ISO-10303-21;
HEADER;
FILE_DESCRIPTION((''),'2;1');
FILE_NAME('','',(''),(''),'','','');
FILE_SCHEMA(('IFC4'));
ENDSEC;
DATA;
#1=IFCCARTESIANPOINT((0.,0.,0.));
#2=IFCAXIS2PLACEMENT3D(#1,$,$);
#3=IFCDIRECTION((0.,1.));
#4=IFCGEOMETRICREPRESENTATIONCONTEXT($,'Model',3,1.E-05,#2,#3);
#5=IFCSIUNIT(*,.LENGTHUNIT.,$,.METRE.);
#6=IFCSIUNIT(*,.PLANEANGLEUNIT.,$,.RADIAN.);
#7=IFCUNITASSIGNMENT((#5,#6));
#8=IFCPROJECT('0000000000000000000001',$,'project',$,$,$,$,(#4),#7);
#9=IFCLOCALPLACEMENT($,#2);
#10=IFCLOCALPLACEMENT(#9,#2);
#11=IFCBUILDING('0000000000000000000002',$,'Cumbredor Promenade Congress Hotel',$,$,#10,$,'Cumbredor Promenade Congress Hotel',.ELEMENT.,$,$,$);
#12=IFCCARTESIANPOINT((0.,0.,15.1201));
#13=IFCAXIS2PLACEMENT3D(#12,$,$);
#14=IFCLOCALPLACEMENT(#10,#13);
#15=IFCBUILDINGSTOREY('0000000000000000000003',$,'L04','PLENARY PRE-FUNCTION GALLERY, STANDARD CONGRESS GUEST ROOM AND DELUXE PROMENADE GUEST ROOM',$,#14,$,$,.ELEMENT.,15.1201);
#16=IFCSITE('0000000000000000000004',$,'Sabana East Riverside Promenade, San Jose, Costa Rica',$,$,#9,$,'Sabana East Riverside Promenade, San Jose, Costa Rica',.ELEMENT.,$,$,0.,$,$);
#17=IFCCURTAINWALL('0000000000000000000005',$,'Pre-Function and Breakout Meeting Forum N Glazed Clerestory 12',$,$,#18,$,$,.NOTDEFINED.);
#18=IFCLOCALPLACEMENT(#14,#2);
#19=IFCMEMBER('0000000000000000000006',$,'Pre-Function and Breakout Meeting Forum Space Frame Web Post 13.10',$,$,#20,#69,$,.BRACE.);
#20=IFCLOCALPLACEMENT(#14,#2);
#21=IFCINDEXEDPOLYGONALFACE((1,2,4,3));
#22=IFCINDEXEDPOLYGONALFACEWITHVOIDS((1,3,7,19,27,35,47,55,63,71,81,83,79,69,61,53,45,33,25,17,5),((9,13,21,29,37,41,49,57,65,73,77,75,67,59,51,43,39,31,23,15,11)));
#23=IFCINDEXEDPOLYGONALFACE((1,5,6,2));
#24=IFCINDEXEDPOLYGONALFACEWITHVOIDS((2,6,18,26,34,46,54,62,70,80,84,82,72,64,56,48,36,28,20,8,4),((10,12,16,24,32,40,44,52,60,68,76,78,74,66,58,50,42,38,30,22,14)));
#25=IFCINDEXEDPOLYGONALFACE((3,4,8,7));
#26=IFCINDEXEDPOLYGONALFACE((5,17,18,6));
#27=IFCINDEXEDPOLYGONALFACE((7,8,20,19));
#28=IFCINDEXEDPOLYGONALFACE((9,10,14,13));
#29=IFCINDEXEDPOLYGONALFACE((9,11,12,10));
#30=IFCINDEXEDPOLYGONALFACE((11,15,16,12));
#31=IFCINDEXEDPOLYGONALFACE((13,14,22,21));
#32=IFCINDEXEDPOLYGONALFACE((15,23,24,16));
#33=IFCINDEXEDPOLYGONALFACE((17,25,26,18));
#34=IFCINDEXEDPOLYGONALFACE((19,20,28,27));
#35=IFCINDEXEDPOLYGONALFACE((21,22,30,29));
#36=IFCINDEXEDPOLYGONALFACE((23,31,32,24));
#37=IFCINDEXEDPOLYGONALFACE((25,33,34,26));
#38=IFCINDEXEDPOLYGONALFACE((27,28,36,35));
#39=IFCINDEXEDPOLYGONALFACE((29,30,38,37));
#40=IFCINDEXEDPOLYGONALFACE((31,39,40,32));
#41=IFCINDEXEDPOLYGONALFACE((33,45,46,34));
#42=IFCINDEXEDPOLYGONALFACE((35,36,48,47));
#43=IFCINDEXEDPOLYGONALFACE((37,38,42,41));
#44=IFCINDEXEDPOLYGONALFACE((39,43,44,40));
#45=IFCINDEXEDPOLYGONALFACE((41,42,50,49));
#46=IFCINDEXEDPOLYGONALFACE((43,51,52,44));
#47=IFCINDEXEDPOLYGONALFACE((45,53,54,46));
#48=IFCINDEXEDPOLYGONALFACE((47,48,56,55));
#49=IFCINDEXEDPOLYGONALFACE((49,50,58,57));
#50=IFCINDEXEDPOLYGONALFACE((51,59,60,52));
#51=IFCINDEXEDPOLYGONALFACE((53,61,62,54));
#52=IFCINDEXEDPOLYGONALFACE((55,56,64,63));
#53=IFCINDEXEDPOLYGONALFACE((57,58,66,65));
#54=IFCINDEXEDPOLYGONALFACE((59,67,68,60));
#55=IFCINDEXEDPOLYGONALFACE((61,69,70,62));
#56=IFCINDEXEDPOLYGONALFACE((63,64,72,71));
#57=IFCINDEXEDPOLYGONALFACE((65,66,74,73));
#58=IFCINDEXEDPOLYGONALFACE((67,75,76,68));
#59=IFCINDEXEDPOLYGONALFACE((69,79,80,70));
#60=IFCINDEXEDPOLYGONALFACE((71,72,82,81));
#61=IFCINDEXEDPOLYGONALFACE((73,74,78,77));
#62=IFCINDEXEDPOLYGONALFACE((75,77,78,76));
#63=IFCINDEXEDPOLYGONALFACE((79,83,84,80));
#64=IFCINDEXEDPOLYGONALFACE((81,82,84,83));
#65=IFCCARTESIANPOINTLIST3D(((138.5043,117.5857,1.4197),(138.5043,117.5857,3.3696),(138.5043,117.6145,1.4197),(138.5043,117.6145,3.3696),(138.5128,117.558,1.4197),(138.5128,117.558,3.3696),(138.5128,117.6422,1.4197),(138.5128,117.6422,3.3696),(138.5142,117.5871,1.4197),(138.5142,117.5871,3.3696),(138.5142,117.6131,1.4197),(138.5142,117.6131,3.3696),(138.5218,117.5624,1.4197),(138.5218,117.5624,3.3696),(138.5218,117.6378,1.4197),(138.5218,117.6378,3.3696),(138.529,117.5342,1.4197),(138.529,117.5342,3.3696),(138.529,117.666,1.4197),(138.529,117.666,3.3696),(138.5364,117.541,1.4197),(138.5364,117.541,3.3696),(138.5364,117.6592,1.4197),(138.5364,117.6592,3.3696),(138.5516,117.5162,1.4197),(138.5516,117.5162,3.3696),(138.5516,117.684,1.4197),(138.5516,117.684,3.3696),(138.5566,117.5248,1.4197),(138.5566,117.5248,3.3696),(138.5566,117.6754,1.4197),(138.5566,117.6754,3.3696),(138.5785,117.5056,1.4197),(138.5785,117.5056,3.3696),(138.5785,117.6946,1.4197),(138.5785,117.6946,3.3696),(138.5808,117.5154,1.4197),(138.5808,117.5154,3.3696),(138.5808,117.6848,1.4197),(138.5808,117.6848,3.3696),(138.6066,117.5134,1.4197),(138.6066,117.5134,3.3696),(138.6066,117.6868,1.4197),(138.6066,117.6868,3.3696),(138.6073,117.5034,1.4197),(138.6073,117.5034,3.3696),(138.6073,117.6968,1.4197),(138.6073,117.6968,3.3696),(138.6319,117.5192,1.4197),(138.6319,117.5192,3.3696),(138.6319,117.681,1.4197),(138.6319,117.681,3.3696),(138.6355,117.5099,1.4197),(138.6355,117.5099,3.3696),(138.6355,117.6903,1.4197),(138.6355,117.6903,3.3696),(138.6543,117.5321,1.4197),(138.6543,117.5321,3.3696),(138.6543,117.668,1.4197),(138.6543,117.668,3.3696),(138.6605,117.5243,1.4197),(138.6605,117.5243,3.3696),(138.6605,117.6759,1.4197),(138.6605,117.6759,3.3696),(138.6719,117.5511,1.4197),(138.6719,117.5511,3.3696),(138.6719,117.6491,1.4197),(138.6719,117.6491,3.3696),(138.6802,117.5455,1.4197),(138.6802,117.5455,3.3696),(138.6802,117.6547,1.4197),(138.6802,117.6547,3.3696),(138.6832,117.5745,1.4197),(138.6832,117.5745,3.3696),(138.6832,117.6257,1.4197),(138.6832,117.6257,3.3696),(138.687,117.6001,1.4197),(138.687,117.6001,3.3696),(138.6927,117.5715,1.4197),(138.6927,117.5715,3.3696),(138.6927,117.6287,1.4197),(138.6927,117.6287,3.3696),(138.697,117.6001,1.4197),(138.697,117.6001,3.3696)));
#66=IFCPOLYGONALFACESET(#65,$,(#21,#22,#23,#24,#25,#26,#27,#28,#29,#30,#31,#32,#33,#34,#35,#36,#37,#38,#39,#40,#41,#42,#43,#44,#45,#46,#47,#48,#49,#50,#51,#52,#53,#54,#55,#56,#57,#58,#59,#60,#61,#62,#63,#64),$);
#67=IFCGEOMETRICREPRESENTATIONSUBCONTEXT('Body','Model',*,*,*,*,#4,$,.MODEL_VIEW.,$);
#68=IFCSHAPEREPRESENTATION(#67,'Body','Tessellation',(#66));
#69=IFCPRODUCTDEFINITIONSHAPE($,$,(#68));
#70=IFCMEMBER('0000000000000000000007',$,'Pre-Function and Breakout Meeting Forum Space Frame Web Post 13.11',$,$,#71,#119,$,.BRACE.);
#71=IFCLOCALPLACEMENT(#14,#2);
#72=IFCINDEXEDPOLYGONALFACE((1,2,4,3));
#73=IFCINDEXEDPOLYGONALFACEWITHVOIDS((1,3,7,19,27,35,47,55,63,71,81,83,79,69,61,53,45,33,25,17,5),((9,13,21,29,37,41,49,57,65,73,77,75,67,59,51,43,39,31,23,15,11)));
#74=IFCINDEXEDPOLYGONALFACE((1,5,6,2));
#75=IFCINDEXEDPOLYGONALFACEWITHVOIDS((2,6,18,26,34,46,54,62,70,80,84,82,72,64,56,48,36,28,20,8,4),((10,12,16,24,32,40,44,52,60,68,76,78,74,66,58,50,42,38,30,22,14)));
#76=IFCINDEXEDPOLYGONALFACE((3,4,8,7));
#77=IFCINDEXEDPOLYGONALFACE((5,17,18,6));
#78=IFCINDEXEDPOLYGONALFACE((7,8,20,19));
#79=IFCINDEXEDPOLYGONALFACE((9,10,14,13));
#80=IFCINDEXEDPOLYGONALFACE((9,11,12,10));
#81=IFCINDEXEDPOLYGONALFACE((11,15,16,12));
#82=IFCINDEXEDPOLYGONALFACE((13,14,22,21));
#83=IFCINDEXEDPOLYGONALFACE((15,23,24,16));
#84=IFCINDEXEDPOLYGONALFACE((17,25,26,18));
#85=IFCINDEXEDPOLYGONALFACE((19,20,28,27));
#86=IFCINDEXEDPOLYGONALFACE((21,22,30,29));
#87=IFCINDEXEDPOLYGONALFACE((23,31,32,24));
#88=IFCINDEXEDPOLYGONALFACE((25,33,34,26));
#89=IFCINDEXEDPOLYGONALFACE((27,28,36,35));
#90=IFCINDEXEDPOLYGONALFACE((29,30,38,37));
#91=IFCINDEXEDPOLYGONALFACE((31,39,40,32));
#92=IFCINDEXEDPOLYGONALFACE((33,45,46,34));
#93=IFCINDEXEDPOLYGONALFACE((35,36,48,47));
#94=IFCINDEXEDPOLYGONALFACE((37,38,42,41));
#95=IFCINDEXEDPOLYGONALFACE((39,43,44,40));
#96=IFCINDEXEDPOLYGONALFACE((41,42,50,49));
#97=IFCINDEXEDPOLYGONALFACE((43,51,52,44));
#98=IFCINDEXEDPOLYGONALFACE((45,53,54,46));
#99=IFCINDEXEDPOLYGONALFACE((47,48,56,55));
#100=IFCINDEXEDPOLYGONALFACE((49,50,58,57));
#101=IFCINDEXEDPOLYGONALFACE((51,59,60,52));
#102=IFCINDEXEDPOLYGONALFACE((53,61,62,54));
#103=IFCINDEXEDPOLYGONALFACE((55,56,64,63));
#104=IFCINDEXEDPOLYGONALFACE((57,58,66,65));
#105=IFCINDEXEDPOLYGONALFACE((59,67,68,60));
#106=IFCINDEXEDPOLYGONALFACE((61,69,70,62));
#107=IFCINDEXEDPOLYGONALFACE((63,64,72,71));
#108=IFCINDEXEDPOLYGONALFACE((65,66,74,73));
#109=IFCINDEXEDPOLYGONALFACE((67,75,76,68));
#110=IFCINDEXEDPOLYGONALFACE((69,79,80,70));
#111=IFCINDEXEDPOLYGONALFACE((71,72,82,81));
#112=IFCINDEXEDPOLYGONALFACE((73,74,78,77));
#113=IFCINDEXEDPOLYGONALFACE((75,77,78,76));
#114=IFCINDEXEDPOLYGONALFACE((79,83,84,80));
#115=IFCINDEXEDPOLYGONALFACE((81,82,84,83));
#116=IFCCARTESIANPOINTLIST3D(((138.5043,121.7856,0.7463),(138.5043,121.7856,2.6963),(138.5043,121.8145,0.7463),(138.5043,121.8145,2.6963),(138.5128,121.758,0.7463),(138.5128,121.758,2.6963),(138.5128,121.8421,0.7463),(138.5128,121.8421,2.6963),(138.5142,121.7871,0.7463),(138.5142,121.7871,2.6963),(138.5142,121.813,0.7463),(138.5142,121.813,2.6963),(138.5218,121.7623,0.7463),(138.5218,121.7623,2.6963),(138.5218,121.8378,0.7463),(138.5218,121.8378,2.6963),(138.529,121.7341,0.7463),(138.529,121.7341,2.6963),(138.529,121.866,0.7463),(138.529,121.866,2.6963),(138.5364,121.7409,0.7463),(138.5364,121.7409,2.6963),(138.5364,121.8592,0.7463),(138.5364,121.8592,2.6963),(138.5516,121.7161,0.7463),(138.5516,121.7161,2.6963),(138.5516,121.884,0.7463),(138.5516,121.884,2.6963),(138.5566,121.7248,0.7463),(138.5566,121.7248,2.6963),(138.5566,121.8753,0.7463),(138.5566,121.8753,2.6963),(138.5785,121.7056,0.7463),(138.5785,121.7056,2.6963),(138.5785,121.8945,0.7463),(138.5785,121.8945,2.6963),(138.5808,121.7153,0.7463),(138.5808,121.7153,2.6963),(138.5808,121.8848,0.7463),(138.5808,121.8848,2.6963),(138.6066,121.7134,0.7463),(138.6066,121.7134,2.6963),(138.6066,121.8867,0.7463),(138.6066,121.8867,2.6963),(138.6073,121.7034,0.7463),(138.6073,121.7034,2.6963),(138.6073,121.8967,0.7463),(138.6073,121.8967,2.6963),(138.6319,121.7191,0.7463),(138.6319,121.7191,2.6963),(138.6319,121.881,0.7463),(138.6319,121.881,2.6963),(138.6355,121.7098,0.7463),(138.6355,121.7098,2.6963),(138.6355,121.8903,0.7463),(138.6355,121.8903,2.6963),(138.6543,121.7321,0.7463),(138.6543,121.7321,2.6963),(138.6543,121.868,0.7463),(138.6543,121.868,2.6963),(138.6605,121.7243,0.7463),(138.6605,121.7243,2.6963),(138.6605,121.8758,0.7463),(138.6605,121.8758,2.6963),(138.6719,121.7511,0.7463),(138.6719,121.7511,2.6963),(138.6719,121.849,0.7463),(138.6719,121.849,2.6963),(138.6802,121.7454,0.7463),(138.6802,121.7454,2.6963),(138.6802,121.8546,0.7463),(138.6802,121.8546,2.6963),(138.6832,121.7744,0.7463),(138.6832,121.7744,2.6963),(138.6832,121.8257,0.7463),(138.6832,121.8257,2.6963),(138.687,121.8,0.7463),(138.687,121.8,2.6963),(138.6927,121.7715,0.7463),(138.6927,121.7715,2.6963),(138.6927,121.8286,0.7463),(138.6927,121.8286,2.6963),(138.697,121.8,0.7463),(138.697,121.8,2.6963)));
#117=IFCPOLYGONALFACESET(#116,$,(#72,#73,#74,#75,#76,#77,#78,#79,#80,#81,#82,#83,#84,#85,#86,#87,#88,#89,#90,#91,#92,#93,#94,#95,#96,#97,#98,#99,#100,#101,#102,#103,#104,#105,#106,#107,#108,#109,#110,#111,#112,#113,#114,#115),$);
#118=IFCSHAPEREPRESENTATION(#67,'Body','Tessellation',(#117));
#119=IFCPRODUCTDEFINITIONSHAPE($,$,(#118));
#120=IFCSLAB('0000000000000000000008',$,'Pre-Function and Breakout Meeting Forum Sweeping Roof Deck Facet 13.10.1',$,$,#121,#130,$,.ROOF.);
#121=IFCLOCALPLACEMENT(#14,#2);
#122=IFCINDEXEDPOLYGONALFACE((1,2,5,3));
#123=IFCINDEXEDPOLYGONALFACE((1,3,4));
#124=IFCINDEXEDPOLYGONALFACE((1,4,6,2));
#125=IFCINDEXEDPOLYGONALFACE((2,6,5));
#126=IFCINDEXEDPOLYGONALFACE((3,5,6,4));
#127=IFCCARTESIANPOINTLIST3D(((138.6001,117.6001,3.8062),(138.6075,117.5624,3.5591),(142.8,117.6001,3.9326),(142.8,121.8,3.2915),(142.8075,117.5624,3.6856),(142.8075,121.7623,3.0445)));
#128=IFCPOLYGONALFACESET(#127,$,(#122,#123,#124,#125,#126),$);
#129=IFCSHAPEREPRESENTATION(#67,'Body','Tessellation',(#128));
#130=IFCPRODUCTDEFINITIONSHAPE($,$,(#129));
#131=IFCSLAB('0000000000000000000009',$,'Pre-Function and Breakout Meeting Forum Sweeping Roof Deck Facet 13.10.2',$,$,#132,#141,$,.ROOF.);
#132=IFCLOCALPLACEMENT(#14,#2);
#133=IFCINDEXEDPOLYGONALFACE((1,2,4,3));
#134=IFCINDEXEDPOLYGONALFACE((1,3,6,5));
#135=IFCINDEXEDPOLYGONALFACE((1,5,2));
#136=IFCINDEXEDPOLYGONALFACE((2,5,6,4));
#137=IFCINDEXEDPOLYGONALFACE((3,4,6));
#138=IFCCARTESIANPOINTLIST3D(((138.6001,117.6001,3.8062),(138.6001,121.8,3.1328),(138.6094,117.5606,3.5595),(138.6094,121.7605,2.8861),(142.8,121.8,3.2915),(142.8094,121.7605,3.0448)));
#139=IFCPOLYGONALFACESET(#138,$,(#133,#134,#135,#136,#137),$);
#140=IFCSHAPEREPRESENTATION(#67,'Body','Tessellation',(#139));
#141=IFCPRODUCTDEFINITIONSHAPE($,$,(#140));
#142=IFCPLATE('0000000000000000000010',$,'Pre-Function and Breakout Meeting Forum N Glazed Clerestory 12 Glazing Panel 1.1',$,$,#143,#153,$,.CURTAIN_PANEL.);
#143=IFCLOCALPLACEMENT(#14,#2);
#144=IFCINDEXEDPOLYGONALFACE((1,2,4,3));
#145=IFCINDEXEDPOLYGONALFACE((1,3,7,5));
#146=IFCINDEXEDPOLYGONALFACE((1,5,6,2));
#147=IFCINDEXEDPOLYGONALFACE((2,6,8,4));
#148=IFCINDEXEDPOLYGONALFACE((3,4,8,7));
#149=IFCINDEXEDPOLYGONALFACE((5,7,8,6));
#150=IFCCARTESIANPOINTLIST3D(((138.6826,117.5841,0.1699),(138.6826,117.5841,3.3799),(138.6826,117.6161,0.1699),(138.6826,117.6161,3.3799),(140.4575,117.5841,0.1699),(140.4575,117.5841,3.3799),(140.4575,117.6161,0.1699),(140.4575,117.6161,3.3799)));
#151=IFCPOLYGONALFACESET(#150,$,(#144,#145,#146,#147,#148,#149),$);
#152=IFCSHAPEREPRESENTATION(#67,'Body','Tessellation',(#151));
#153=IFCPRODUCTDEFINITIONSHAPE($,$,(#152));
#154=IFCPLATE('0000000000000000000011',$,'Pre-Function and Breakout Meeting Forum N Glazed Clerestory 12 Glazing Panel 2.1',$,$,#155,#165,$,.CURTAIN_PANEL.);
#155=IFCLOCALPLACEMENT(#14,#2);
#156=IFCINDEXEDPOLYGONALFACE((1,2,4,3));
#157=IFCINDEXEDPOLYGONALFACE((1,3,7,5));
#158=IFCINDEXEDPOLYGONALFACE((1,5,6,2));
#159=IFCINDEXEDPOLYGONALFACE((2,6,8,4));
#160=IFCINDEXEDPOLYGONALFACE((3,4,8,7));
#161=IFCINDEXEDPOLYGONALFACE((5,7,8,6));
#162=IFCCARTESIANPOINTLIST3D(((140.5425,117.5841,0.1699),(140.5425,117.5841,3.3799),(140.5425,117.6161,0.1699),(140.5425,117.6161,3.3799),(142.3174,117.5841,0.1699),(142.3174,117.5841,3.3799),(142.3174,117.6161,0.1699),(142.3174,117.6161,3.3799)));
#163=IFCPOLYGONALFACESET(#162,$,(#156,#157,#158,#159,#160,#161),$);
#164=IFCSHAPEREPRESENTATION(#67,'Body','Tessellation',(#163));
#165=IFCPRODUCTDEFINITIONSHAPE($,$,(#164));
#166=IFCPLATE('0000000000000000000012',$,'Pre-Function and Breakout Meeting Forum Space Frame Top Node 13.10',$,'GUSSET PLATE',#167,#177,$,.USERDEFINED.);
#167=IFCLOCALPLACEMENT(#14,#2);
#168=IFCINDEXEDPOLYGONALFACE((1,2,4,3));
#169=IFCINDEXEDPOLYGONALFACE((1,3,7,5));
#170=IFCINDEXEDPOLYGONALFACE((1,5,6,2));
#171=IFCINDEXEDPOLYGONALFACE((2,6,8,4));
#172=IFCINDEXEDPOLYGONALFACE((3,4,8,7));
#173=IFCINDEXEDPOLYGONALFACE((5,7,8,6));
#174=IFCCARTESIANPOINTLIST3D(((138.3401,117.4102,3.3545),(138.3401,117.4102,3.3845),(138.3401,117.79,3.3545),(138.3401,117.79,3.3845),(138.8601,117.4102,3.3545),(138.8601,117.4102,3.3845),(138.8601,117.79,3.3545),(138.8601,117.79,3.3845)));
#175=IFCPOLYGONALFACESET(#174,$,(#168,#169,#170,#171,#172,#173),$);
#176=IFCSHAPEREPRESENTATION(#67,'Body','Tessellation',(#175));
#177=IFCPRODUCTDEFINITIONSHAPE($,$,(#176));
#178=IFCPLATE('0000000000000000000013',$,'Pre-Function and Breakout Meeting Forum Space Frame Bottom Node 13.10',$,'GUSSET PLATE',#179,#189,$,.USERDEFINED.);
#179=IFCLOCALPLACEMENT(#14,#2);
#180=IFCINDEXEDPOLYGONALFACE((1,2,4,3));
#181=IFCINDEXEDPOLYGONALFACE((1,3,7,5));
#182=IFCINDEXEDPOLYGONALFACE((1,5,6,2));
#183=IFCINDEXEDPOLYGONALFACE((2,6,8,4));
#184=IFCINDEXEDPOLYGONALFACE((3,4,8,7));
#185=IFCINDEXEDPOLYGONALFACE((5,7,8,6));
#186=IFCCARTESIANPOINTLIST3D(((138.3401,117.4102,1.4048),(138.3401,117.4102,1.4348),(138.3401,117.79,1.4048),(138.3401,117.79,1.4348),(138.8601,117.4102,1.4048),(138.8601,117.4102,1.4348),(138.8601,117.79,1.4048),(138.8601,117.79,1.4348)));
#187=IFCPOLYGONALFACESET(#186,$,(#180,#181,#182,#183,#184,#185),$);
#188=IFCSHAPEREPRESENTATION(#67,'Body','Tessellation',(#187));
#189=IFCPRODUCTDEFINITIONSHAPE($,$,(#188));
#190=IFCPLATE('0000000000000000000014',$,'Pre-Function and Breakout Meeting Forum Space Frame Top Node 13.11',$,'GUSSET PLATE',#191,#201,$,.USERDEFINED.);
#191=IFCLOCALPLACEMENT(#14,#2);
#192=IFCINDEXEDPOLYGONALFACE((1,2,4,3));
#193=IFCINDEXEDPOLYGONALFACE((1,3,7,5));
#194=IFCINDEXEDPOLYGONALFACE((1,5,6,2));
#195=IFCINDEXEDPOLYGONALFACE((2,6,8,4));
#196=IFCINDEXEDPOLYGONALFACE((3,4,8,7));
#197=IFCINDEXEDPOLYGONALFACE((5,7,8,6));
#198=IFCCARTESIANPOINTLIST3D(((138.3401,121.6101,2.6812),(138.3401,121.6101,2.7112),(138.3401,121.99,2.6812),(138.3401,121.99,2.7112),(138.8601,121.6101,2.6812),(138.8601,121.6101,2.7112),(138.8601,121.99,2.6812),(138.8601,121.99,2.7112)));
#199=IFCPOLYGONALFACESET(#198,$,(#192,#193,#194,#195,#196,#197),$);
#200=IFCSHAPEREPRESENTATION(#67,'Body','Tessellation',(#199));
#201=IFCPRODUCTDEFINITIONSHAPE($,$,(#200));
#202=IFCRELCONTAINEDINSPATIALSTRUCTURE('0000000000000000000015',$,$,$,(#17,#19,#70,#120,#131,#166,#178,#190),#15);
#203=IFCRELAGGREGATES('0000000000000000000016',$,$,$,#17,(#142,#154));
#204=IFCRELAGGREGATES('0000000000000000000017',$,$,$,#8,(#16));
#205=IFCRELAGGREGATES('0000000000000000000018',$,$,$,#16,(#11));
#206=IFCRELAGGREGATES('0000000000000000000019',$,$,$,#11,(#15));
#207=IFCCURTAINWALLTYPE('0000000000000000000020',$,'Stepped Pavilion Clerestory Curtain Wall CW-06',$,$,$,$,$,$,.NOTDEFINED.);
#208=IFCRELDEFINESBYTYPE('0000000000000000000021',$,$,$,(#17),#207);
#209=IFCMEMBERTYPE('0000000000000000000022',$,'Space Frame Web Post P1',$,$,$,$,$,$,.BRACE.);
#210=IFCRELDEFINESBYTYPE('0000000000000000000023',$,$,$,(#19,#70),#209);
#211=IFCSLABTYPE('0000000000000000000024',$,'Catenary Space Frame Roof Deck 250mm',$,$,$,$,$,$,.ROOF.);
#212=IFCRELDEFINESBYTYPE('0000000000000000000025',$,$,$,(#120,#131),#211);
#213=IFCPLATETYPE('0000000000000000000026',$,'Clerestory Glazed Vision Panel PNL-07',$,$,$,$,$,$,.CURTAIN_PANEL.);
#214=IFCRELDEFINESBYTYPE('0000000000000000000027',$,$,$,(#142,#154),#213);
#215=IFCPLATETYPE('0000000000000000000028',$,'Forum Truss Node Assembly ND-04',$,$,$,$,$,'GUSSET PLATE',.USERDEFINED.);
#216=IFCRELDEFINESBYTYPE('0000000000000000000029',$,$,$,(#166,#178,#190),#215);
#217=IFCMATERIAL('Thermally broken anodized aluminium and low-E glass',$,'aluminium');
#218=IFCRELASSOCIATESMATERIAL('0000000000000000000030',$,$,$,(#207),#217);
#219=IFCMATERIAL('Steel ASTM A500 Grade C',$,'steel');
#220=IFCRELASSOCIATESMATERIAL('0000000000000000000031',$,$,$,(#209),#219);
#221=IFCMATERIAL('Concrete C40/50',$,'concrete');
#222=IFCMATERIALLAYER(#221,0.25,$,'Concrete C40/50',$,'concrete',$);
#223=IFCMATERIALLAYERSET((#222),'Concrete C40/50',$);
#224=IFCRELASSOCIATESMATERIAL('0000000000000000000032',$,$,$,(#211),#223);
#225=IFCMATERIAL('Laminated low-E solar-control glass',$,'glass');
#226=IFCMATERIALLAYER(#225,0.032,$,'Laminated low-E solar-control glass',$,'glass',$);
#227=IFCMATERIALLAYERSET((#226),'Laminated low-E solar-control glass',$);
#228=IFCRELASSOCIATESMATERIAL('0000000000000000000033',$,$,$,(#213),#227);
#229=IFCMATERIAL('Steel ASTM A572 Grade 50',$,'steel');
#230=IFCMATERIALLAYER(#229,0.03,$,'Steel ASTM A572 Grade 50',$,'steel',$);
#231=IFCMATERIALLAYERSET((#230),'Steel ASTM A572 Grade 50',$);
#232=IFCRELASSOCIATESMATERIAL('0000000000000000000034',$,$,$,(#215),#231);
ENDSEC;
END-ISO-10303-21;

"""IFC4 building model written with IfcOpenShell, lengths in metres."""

from ifc_helpers import new_model, si_unit, direction, frame, origin, origin_2d, place, context, subcontext, project, spatial, polyline, rectangle, hollow_circle, outline, extrude, material, layer, layer_set, material_profile, profile_set, type_object, element, aggregate, save


model = new_model("IFC4")

# Units and contexts
model_context = context("Model", 3, precision=1e-05, world=origin(), true_north=direction((0.0, 1.0)))
body_context = subcontext(model_context, "Body", "Model", "MODEL_VIEW")
ifc_project = project(units=[si_unit("LENGTHUNIT", "METRE"), si_unit("PLANEANGLEUNIT", "RADIAN")], contexts=[model_context])

# Site, building, storey
site_placement = place(None, origin())
site = spatial("IfcSite", under=ifc_project, at=site_placement, Name="Sabana East Riverside Promenade, San Jose, Costa Rica", LongName="Sabana East Riverside Promenade, San Jose, Costa Rica", CompositionType="ELEMENT", RefElevation=0.0)
building_placement = place(site_placement, origin())
building = spatial("IfcBuilding", under=site, at=building_placement, Name="Cumbredor Promenade Congress Hotel", LongName="Cumbredor Promenade Congress Hotel", CompositionType="ELEMENT")
storey_placement = place(building_placement, frame((0.0, 0.0, 15.1201)))
storey = spatial("IfcBuildingStorey", under=building, at=storey_placement, Name="L04", Description="PLENARY PRE-FUNCTION GALLERY, STANDARD CONGRESS GUEST ROOM AND DELUXE PROMENADE GUEST ROOM", CompositionType="ELEMENT", Elevation=15.1201)

# Curtain wall
ifc_material_1 = material(Name="Thermally broken anodized aluminium and low-E glass", Category="aluminium")
curtain_wall_type = type_object("IfcCurtainWallType", Name="Stepped Pavilion Clerestory Curtain Wall CW-06", PredefinedType="NOTDEFINED", material=ifc_material_1)
curtain_wall_placement = place(storey_placement, origin())
curtain_wall = element("IfcCurtainWall", 1, at=curtain_wall_placement, inside=storey, type_object=curtain_wall_type, Name="Pre-Function and Breakout Meeting Forum N Glazed Clerestory 12", PredefinedType="NOTDEFINED")

# Members
ifc_material_2 = material(Name="Steel ASTM A500 Grade C", Category="steel")
ifc_material_profile_1 = material_profile(ifc_material_2, hollow_circle(Radius=0.0969, WallThickness=0.01, at=origin_2d()), Name="CHS 193.7x10")
ifc_profile_set_1 = profile_set([ifc_material_profile_1], Name="Steel ASTM A500 Grade C")
member_type_1 = type_object("IfcMemberType", Name="Space Frame Web Post P1", PredefinedType="BRACE", material=ifc_profile_set_1)
for number, where, z_axis, x_axis, name in (
    (2, (138.6001, 117.6001, 1.4197), (0.0, 0.0, 1.0), (1.0, 0.0, 0.0), "Pre-Function and Breakout Meeting Forum Space Frame Web Post 13.10"),
    (3, (138.6001, 121.8, 0.7463), (0.0, 0.0, 1.0), (1.0, 0.0, 0.0), "Pre-Function and Breakout Meeting Forum Space Frame Web Post 13.11"),
):
    element("IfcMember", number, at=place(storey_placement, frame(where, z_axis=z_axis, x_axis=x_axis)), inside=storey, type_object=member_type_1, Name=name, PredefinedType="BRACE", context=body_context, shape_type="SweptSolid", body=[
        extrude(hollow_circle(Radius=0.0969, WallThickness=0.01, at=origin_2d()), origin(), (0.0, 0.0, 1.0), 1.95),
    ])

# Slabs
ifc_material_3 = material(Name="Concrete C40/50", Category="concrete")
ifc_layer_1 = layer(ifc_material_3, 0.25, Name="Concrete C40/50", Category="concrete")
ifc_layer_set_1 = layer_set([ifc_layer_1], Name="Concrete C40/50")
slab_type = type_object("IfcSlabType", Name="Catenary Space Frame Roof Deck 250mm", PredefinedType="ROOF", material=ifc_layer_set_1)
slab_1_placement = place(storey_placement, frame((138.6001, 117.6001, 3.8062), z_axis=(-0.029753, 0.150833, 0.988111), x_axis=(0.999547, 0.0, 0.030097)))
element("IfcSlab", 4, at=slab_1_placement, inside=storey, type_object=slab_type, Name="Pre-Function and Breakout Meeting Forum Sweeping Roof Deck Facet 13.10.1", PredefinedType="ROOF", context=body_context, shape_type="SweptSolid", body=[
    extrude(outline(polyline([(0.0, 0.0), (4.2019, 0.0), (4.1826, 4.2486), (0.0, 0.0)])), origin(), (0.0, 0.0, -1.0), 0.25),
])
slab_2_placement = place(storey_placement, frame((138.6001, 117.6001, 3.8062), z_axis=(-0.037282, 0.158189, 0.986705), x_axis=(0.704467, 0.704467, -0.086323)))
element("IfcSlab", 5, at=slab_2_placement, inside=storey, type_object=slab_type, Name="Pre-Function and Breakout Meeting Forum Sweeping Roof Deck Facet 13.10.2", PredefinedType="ROOF", context=body_context, shape_type="SweptSolid", body=[
    extrude(outline(polyline([(0.0, 0.0), (5.9619, 0.0), (3.0169, 2.9986), (0.0, 0.0)])), origin(), (0.0, 0.0, -1.0), 0.25),
])

# Plates
ifc_material_4 = material(Name="Laminated low-E solar-control glass", Category="glass")
ifc_layer_2 = layer(ifc_material_4, 0.032, Name="Laminated low-E solar-control glass", Category="glass")
ifc_layer_set_2 = layer_set([ifc_layer_2], Name="Laminated low-E solar-control glass")
plate_type_1 = type_object("IfcPlateType", Name="Clerestory Glazed Vision Panel PNL-07", PredefinedType="CURTAIN_PANEL", material=ifc_layer_set_2)
plate_1_placement = place(storey_placement, frame((139.5701, 117.6001, 0.1699), z_axis=(0.0, 0.0, 1.0), x_axis=(1.0, 0.0, 0.0)))
plate_1 = element("IfcPlate", 6, at=plate_1_placement, type_object=plate_type_1, Name="Pre-Function and Breakout Meeting Forum N Glazed Clerestory 12 Glazing Panel 1.1", PredefinedType="CURTAIN_PANEL", context=body_context, shape_type="SweptSolid", body=[
    extrude(rectangle(XDim=1.7749, YDim=0.032, at=origin_2d()), origin(), (0.0, 0.0, 1.0), 3.21),
])
plate_2_placement = place(storey_placement, frame((141.4299, 117.6001, 0.1699), z_axis=(0.0, 0.0, 1.0), x_axis=(1.0, 0.0, 0.0)))
plate_2 = element("IfcPlate", 7, at=plate_2_placement, type_object=plate_type_1, Name="Pre-Function and Breakout Meeting Forum N Glazed Clerestory 12 Glazing Panel 2.1", PredefinedType="CURTAIN_PANEL", context=body_context, shape_type="SweptSolid", body=[
    extrude(rectangle(XDim=1.7749, YDim=0.032, at=origin_2d()), origin(), (0.0, 0.0, 1.0), 3.21),
])
aggregate(curtain_wall, [plate_1, plate_2])

# Plates
ifc_material_5 = material(Name="Steel ASTM A572 Grade 50", Category="steel")
ifc_layer_3 = layer(ifc_material_5, 0.03, Name="Steel ASTM A572 Grade 50", Category="steel")
ifc_layer_set_3 = layer_set([ifc_layer_3], Name="Steel ASTM A572 Grade 50")
plate_type_2 = type_object("IfcPlateType", Name="Forum Truss Node Assembly ND-04", ElementType="GUSSET PLATE", PredefinedType="USERDEFINED", material=ifc_layer_set_3)
for number, where, z_axis, x_axis, name in (
    (8, (138.6001, 117.6001, 3.3545), (0.0, 0.0, 1.0), (1.0, 0.0, 0.0), "Pre-Function and Breakout Meeting Forum Space Frame Top Node 13.10"),
    (9, (138.6001, 117.6001, 1.4048), (0.0, 0.0, 1.0), (1.0, 0.0, 0.0), "Pre-Function and Breakout Meeting Forum Space Frame Bottom Node 13.10"),
    (10, (138.6001, 121.8, 2.6812), (0.0, 0.0, 1.0), (1.0, 0.0, 0.0), "Pre-Function and Breakout Meeting Forum Space Frame Top Node 13.11"),
):
    element("IfcPlate", number, at=place(storey_placement, frame(where, z_axis=z_axis, x_axis=x_axis)), inside=storey, type_object=plate_type_2, Name=name, ObjectType="GUSSET PLATE", PredefinedType="USERDEFINED", context=body_context, shape_type="SweptSolid", body=[
        extrude(rectangle(XDim=0.52, YDim=0.3799, at=origin_2d()), origin(), (0.0, 0.0, 1.0), 0.03),
    ])

save(model, "model.ifc")
